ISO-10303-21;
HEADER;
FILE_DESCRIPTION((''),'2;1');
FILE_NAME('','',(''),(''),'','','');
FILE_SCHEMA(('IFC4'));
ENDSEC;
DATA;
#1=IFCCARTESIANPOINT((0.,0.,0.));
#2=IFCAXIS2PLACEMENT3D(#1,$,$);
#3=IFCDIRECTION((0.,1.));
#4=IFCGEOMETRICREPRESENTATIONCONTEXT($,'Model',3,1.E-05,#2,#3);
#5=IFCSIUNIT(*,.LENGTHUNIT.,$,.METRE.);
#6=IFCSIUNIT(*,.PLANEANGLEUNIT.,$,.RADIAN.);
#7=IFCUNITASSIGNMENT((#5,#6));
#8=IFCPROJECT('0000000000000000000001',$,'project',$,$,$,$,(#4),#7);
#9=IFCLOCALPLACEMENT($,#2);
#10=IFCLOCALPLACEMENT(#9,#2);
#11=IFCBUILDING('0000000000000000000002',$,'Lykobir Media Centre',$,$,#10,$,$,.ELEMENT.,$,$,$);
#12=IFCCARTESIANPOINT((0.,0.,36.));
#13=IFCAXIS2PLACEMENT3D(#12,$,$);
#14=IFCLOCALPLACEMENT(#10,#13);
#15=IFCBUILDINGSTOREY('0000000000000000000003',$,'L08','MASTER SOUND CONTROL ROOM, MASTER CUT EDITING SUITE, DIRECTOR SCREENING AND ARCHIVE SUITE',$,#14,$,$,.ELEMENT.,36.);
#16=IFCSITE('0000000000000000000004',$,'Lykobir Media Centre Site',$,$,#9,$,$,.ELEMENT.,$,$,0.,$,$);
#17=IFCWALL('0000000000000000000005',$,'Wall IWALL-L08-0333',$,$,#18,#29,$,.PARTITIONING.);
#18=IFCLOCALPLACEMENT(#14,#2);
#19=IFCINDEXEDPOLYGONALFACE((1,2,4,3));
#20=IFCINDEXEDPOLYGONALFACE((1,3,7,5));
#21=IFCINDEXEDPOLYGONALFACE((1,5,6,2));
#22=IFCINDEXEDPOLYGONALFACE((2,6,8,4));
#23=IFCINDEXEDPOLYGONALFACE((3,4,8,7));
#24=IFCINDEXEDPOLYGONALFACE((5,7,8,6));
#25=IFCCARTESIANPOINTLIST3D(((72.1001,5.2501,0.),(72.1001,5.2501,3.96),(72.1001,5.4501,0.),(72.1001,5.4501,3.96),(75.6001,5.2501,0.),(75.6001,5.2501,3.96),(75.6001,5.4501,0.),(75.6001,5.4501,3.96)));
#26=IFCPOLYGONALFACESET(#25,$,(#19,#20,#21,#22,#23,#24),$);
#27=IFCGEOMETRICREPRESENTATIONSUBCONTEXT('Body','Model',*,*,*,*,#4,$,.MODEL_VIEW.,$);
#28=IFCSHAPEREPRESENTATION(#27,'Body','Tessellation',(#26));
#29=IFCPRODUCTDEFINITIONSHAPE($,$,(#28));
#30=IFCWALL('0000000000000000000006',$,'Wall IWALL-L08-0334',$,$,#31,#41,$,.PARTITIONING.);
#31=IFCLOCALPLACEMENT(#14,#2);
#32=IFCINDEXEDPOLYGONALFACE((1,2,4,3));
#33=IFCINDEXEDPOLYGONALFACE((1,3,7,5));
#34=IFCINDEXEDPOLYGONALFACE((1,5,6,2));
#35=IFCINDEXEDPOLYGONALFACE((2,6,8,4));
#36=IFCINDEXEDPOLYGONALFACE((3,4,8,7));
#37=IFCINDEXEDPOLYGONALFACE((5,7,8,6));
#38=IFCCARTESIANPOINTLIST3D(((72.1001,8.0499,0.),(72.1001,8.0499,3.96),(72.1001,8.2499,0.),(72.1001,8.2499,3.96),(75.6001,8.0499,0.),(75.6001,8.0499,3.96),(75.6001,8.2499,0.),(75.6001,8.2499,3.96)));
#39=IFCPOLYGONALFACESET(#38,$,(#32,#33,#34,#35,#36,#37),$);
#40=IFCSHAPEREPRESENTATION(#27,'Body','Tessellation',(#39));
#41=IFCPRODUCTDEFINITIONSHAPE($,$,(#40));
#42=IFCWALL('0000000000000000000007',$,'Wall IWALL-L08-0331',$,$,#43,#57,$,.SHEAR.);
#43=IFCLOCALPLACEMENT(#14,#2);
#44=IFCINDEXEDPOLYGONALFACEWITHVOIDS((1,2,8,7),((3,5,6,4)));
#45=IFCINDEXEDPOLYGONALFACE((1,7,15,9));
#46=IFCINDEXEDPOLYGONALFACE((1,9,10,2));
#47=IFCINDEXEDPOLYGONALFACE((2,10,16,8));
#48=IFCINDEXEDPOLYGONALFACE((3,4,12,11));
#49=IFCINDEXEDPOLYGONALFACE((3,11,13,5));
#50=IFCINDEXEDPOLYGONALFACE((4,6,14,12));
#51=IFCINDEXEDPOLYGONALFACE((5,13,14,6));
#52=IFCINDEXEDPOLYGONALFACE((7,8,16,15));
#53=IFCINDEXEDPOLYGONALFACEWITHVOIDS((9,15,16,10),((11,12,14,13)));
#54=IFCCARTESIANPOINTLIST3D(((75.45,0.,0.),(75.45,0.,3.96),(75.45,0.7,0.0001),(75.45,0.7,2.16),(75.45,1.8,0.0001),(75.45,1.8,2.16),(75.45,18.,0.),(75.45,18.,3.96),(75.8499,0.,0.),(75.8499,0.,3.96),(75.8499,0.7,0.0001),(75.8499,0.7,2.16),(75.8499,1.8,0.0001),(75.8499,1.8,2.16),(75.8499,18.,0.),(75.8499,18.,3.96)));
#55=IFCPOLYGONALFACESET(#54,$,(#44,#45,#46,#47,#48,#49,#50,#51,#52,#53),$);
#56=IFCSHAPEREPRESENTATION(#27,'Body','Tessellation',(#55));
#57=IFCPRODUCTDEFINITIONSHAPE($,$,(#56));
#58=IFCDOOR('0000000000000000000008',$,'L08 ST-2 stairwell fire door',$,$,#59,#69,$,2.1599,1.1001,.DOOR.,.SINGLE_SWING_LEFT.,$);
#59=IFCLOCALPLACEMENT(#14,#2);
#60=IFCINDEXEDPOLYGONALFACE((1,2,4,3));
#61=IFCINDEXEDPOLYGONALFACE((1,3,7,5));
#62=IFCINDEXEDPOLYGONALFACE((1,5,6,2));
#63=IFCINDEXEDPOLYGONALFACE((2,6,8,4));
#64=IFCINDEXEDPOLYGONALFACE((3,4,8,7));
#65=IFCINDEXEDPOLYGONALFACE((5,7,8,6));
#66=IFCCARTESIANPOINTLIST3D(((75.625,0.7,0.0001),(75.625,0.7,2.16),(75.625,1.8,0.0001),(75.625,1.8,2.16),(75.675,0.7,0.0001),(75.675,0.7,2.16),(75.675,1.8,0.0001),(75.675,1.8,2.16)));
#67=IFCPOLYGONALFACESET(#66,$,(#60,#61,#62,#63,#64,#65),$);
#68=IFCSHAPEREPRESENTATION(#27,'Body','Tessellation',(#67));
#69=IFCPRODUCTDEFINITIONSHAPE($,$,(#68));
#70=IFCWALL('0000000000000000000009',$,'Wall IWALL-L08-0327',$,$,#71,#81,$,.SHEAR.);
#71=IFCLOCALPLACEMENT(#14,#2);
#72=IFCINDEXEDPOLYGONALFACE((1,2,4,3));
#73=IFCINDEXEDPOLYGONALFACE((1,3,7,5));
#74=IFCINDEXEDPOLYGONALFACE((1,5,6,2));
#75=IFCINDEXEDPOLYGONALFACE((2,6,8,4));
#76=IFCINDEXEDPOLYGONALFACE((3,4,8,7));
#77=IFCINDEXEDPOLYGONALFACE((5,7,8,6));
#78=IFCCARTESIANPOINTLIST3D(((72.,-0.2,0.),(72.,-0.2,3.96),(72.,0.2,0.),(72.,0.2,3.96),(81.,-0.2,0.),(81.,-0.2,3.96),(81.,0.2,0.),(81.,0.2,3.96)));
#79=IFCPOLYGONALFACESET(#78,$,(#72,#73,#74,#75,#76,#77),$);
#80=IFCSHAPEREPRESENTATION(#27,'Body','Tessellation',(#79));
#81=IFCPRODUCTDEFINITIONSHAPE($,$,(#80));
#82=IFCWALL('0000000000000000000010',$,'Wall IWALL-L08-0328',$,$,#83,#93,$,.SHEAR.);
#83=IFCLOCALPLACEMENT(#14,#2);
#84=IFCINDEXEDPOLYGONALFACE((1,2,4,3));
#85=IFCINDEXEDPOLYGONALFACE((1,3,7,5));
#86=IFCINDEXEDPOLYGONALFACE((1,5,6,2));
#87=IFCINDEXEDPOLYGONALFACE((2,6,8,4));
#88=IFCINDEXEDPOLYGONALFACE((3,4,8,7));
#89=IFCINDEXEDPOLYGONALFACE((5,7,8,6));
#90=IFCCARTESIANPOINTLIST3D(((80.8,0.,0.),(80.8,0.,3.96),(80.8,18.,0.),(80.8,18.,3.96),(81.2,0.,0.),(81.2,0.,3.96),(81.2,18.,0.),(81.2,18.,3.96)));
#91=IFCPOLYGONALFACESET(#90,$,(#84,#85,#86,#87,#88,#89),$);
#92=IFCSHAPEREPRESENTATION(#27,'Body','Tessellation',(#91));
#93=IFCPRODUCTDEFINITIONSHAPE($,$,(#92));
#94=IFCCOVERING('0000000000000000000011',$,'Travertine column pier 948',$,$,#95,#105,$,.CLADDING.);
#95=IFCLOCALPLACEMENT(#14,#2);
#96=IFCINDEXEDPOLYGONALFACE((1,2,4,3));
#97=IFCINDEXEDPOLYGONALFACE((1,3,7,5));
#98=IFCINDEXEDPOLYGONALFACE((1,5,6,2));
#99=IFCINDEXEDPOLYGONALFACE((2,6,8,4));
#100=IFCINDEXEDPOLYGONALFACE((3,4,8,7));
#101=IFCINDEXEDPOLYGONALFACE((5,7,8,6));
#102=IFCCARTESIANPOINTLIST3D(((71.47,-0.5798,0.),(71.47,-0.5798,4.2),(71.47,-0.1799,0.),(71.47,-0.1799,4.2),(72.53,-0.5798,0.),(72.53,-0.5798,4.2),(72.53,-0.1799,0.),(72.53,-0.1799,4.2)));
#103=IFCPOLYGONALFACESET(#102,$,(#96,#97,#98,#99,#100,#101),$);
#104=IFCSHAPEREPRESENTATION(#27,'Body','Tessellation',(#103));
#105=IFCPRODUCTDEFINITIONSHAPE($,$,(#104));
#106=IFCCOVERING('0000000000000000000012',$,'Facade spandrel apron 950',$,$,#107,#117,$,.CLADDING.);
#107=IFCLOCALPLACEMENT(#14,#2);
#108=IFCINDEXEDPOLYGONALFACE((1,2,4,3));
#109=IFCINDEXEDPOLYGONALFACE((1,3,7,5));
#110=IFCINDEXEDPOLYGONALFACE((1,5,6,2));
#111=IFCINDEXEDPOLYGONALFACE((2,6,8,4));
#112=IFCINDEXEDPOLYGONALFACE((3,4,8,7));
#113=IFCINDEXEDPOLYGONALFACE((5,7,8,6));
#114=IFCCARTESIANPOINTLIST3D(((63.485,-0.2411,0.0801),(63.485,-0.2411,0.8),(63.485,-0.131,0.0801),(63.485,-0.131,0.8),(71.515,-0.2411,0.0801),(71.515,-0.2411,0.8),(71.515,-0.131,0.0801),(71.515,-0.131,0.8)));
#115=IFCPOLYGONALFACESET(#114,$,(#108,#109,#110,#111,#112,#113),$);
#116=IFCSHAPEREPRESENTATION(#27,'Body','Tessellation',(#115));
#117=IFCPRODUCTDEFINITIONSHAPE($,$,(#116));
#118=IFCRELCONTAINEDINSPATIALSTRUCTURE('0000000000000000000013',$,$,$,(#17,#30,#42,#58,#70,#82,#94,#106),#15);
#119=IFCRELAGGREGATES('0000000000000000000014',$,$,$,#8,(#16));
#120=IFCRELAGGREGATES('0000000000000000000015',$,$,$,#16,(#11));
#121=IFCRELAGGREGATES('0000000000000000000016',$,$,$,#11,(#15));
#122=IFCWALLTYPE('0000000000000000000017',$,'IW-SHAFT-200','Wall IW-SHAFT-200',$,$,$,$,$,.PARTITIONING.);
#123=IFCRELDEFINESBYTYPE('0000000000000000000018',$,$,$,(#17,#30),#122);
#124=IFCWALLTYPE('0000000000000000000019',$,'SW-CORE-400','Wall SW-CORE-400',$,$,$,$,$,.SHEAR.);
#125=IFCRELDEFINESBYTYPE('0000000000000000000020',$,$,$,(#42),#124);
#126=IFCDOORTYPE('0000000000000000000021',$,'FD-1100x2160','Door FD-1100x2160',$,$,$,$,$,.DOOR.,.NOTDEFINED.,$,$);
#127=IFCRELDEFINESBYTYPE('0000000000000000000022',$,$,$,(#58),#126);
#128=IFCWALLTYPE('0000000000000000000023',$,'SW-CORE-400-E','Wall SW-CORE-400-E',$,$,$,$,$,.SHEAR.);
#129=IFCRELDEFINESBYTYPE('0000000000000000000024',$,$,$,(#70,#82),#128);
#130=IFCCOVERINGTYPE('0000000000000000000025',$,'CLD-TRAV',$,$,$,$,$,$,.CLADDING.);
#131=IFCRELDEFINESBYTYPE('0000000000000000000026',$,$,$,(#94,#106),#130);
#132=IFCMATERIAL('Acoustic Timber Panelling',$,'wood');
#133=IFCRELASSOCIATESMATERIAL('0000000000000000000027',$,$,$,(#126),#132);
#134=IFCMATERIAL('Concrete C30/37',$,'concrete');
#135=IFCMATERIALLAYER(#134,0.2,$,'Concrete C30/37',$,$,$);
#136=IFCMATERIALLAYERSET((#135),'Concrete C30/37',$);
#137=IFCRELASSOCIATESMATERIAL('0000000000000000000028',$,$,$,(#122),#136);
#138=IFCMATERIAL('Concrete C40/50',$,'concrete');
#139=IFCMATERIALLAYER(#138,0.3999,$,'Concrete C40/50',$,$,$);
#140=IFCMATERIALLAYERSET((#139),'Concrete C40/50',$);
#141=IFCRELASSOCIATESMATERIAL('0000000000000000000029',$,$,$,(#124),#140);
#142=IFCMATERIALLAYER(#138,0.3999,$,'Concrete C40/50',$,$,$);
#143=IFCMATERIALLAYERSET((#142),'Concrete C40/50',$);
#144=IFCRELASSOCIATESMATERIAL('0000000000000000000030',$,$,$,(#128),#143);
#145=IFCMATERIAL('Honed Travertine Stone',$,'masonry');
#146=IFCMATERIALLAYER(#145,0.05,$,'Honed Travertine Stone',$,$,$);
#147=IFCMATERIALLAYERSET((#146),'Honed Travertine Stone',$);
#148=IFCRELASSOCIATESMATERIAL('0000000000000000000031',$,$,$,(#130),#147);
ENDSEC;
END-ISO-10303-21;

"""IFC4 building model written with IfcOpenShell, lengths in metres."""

from ifc_helpers import new_model, si_unit, direction, frame, frame_2d, origin, origin_2d, place, context, subcontext, project, spatial, rectangle, extrude, material, layer, layer_set, type_object, element, fill, save


model = new_model("IFC4")

# Units and contexts
model_context = context("Model", 3, precision=1e-05, world=origin(), true_north=direction((0.0, 1.0)))
body_context = subcontext(model_context, "Body", "Model", "MODEL_VIEW")
ifc_project = project(units=[si_unit("LENGTHUNIT", "METRE"), si_unit("PLANEANGLEUNIT", "RADIAN")], contexts=[model_context])

# Site, building, storey
site_placement = place(None, origin())
site = spatial("IfcSite", under=ifc_project, at=site_placement, Name="Lykobir Media Centre Site", CompositionType="ELEMENT", RefElevation=0.0)
building_placement = place(site_placement, origin())
building = spatial("IfcBuilding", under=site, at=building_placement, Name="Lykobir Media Centre", CompositionType="ELEMENT")
storey_placement = place(building_placement, frame((0.0, 0.0, 36.0)))
storey = spatial("IfcBuildingStorey", under=building, at=storey_placement, Name="L08", Description="MASTER SOUND CONTROL ROOM, MASTER CUT EDITING SUITE, DIRECTOR SCREENING AND ARCHIVE SUITE", CompositionType="ELEMENT", Elevation=36.0)

# Shared definitions
ifc_material_1 = material(Name="Concrete C40/50", Category="concrete")

# Shared definitions
ifc_material_2 = material(Name="Acoustic Timber Panelling", Category="wood")
door_type_1 = type_object("IfcDoorType", Name="FD-1100x2160", Description="Door FD-1100x2160", OperationType="NOTDEFINED", PredefinedType="DOOR", material=ifc_material_2)

# Walls
ifc_material_3 = material(Name="Concrete C30/37", Category="concrete")
ifc_layer_1 = layer(ifc_material_3, 0.2, Name="Concrete C30/37")
ifc_layer_set_1 = layer_set([ifc_layer_1], Name="Concrete C30/37")
wall_type_1 = type_object("IfcWallType", Name="IW-SHAFT-200", Description="Wall IW-SHAFT-200", PredefinedType="PARTITIONING", material=ifc_layer_set_1)
for number, where, z_axis, x_axis, name in (
    (1, (72.1001, 5.3501, 0.0), (0.0, 0.0, 1.0), (1.0, 0.0, 0.0), "Wall IWALL-L08-0333"),
    (2, (72.1001, 8.1499, 0.0), (0.0, 0.0, 1.0), (1.0, 0.0, 0.0), "Wall IWALL-L08-0334"),
):
    element("IfcWall", number, at=place(storey_placement, frame(where, z_axis=z_axis, x_axis=x_axis)), inside=storey, type_object=wall_type_1, Name=name, PredefinedType="PARTITIONING", context=body_context, shape_type="SweptSolid", body=[
        extrude(rectangle(XDim=3.5, YDim=0.2, at=frame_2d((1.75, 0.0))), origin(), (0.0, 0.0, 1.0), 3.96),
    ])

# Wall, opening, door
ifc_layer_2 = layer(ifc_material_1, 0.3999, Name="Concrete C40/50")
ifc_layer_set_2 = layer_set([ifc_layer_2], Name="Concrete C40/50")
wall_type_2 = type_object("IfcWallType", Name="SW-CORE-400", Description="Wall SW-CORE-400", PredefinedType="SHEAR", material=ifc_layer_set_2)
wall_1_placement = place(storey_placement, frame((75.6499, 0.0, 0.0), z_axis=(0.0, 0.0, 1.0), x_axis=(0.0, 1.0, 0.0)))
wall_1 = element("IfcWall", 3, at=wall_1_placement, inside=storey, type_object=wall_type_2, Name="Wall IWALL-L08-0331", PredefinedType="SHEAR", context=body_context, shape_type="SweptSolid", body=[
    extrude(rectangle(XDim=18.0, YDim=0.3999, at=frame_2d((9.0, 0.0))), origin(), (0.0, 0.0, 1.0), 3.96),
])
opening_1_placement = place(wall_1_placement, frame((0.7, 0.0, 0.0)))
opening_1 = element("IfcOpeningElement", 4, at=opening_1_placement, cuts=wall_1, PredefinedType="OPENING", context=body_context, shape_type="SweptSolid", body=[
    extrude(rectangle(XDim=1.1001, YDim=2.1599, at=frame_2d((0.55, 1.0801))), frame((0.0, 0.21, 0.0), z_axis=(0.0, -1.0, 0.0), x_axis=(1.0, 0.0, 0.0)), (0.0, 0.0, 1.0), 0.4199),
])
door_1_placement = place(opening_1_placement, origin())
door_1 = element("IfcDoor", 5, at=door_1_placement, inside=storey, type_object=door_type_1, Name="L08 ST-2 stairwell fire door", OperationType="SINGLE_SWING_LEFT", OverallHeight=2.1599, OverallWidth=1.1001, PredefinedType="DOOR", context=body_context, shape_type="SweptSolid", body=[
    extrude(rectangle(XDim=1.1001, YDim=2.1599, at=frame_2d((0.55, 1.0801))), frame((0.0, 0.0249, 0.0), z_axis=(0.0, -1.0, 0.0), x_axis=(1.0, 0.0, 0.0)), (0.0, 0.0, 1.0), 0.05),
])
fill(opening_1, door_1)

# Walls
ifc_layer_3 = layer(ifc_material_1, 0.3999, Name="Concrete C40/50")
ifc_layer_set_3 = layer_set([ifc_layer_3], Name="Concrete C40/50")
wall_type_3 = type_object("IfcWallType", Name="SW-CORE-400-E", Description="Wall SW-CORE-400-E", PredefinedType="SHEAR", material=ifc_layer_set_3)
wall_2_placement = place(storey_placement, frame((72.0, 0.0, 0.0), z_axis=(0.0, 0.0, 1.0), x_axis=(1.0, 0.0, 0.0)))
element("IfcWall", 6, at=wall_2_placement, inside=storey, type_object=wall_type_3, Name="Wall IWALL-L08-0327", PredefinedType="SHEAR", context=body_context, shape_type="SweptSolid", body=[
    extrude(rectangle(XDim=9.0, YDim=0.3999, at=frame_2d((4.5, 0.0))), origin(), (0.0, 0.0, 1.0), 3.96),
])
wall_3_placement = place(storey_placement, frame((81.0, 0.0, 0.0), z_axis=(0.0, 0.0, 1.0), x_axis=(0.0, 1.0, 0.0)))
element("IfcWall", 7, at=wall_3_placement, inside=storey, type_object=wall_type_3, Name="Wall IWALL-L08-0328", PredefinedType="SHEAR", context=body_context, shape_type="SweptSolid", body=[
    extrude(rectangle(XDim=18.0, YDim=0.3999, at=frame_2d((9.0, 0.0))), origin(), (0.0, 0.0, 1.0), 3.96),
])

# Coverings
ifc_material_4 = material(Name="Honed Travertine Stone", Category="masonry")
ifc_layer_4 = layer(ifc_material_4, 0.05, Name="Honed Travertine Stone")
ifc_layer_set_4 = layer_set([ifc_layer_4], Name="Honed Travertine Stone")
covering_type = type_object("IfcCoveringType", Name="CLD-TRAV", PredefinedType="CLADDING", material=ifc_layer_set_4)
covering_1_placement = place(storey_placement, frame((72.0, -0.3799, 0.0), z_axis=(0.0, 0.0, 1.0), x_axis=(1.0, 0.0, 0.0)))
element("IfcCovering", 8, at=covering_1_placement, inside=storey, type_object=covering_type, Name="Travertine column pier 948", PredefinedType="CLADDING", context=body_context, shape_type="SweptSolid", body=[
    extrude(rectangle(XDim=1.0601, YDim=0.3999, at=origin_2d()), origin(), (0.0, 0.0, 1.0), 4.2),
])
covering_2_placement = place(storey_placement, frame((67.5, -0.186, 0.0801), z_axis=(0.0, 0.0, 1.0), x_axis=(1.0, 0.0, 0.0)))
element("IfcCovering", 9, at=covering_2_placement, inside=storey, type_object=covering_type, Name="Facade spandrel apron 950", PredefinedType="CLADDING", context=body_context, shape_type="SweptSolid", body=[
    extrude(rectangle(XDim=8.03, YDim=0.1101, at=origin_2d()), origin(), (0.0, 0.0, 1.0), 0.72),
])

save(model, "model.ifc")
